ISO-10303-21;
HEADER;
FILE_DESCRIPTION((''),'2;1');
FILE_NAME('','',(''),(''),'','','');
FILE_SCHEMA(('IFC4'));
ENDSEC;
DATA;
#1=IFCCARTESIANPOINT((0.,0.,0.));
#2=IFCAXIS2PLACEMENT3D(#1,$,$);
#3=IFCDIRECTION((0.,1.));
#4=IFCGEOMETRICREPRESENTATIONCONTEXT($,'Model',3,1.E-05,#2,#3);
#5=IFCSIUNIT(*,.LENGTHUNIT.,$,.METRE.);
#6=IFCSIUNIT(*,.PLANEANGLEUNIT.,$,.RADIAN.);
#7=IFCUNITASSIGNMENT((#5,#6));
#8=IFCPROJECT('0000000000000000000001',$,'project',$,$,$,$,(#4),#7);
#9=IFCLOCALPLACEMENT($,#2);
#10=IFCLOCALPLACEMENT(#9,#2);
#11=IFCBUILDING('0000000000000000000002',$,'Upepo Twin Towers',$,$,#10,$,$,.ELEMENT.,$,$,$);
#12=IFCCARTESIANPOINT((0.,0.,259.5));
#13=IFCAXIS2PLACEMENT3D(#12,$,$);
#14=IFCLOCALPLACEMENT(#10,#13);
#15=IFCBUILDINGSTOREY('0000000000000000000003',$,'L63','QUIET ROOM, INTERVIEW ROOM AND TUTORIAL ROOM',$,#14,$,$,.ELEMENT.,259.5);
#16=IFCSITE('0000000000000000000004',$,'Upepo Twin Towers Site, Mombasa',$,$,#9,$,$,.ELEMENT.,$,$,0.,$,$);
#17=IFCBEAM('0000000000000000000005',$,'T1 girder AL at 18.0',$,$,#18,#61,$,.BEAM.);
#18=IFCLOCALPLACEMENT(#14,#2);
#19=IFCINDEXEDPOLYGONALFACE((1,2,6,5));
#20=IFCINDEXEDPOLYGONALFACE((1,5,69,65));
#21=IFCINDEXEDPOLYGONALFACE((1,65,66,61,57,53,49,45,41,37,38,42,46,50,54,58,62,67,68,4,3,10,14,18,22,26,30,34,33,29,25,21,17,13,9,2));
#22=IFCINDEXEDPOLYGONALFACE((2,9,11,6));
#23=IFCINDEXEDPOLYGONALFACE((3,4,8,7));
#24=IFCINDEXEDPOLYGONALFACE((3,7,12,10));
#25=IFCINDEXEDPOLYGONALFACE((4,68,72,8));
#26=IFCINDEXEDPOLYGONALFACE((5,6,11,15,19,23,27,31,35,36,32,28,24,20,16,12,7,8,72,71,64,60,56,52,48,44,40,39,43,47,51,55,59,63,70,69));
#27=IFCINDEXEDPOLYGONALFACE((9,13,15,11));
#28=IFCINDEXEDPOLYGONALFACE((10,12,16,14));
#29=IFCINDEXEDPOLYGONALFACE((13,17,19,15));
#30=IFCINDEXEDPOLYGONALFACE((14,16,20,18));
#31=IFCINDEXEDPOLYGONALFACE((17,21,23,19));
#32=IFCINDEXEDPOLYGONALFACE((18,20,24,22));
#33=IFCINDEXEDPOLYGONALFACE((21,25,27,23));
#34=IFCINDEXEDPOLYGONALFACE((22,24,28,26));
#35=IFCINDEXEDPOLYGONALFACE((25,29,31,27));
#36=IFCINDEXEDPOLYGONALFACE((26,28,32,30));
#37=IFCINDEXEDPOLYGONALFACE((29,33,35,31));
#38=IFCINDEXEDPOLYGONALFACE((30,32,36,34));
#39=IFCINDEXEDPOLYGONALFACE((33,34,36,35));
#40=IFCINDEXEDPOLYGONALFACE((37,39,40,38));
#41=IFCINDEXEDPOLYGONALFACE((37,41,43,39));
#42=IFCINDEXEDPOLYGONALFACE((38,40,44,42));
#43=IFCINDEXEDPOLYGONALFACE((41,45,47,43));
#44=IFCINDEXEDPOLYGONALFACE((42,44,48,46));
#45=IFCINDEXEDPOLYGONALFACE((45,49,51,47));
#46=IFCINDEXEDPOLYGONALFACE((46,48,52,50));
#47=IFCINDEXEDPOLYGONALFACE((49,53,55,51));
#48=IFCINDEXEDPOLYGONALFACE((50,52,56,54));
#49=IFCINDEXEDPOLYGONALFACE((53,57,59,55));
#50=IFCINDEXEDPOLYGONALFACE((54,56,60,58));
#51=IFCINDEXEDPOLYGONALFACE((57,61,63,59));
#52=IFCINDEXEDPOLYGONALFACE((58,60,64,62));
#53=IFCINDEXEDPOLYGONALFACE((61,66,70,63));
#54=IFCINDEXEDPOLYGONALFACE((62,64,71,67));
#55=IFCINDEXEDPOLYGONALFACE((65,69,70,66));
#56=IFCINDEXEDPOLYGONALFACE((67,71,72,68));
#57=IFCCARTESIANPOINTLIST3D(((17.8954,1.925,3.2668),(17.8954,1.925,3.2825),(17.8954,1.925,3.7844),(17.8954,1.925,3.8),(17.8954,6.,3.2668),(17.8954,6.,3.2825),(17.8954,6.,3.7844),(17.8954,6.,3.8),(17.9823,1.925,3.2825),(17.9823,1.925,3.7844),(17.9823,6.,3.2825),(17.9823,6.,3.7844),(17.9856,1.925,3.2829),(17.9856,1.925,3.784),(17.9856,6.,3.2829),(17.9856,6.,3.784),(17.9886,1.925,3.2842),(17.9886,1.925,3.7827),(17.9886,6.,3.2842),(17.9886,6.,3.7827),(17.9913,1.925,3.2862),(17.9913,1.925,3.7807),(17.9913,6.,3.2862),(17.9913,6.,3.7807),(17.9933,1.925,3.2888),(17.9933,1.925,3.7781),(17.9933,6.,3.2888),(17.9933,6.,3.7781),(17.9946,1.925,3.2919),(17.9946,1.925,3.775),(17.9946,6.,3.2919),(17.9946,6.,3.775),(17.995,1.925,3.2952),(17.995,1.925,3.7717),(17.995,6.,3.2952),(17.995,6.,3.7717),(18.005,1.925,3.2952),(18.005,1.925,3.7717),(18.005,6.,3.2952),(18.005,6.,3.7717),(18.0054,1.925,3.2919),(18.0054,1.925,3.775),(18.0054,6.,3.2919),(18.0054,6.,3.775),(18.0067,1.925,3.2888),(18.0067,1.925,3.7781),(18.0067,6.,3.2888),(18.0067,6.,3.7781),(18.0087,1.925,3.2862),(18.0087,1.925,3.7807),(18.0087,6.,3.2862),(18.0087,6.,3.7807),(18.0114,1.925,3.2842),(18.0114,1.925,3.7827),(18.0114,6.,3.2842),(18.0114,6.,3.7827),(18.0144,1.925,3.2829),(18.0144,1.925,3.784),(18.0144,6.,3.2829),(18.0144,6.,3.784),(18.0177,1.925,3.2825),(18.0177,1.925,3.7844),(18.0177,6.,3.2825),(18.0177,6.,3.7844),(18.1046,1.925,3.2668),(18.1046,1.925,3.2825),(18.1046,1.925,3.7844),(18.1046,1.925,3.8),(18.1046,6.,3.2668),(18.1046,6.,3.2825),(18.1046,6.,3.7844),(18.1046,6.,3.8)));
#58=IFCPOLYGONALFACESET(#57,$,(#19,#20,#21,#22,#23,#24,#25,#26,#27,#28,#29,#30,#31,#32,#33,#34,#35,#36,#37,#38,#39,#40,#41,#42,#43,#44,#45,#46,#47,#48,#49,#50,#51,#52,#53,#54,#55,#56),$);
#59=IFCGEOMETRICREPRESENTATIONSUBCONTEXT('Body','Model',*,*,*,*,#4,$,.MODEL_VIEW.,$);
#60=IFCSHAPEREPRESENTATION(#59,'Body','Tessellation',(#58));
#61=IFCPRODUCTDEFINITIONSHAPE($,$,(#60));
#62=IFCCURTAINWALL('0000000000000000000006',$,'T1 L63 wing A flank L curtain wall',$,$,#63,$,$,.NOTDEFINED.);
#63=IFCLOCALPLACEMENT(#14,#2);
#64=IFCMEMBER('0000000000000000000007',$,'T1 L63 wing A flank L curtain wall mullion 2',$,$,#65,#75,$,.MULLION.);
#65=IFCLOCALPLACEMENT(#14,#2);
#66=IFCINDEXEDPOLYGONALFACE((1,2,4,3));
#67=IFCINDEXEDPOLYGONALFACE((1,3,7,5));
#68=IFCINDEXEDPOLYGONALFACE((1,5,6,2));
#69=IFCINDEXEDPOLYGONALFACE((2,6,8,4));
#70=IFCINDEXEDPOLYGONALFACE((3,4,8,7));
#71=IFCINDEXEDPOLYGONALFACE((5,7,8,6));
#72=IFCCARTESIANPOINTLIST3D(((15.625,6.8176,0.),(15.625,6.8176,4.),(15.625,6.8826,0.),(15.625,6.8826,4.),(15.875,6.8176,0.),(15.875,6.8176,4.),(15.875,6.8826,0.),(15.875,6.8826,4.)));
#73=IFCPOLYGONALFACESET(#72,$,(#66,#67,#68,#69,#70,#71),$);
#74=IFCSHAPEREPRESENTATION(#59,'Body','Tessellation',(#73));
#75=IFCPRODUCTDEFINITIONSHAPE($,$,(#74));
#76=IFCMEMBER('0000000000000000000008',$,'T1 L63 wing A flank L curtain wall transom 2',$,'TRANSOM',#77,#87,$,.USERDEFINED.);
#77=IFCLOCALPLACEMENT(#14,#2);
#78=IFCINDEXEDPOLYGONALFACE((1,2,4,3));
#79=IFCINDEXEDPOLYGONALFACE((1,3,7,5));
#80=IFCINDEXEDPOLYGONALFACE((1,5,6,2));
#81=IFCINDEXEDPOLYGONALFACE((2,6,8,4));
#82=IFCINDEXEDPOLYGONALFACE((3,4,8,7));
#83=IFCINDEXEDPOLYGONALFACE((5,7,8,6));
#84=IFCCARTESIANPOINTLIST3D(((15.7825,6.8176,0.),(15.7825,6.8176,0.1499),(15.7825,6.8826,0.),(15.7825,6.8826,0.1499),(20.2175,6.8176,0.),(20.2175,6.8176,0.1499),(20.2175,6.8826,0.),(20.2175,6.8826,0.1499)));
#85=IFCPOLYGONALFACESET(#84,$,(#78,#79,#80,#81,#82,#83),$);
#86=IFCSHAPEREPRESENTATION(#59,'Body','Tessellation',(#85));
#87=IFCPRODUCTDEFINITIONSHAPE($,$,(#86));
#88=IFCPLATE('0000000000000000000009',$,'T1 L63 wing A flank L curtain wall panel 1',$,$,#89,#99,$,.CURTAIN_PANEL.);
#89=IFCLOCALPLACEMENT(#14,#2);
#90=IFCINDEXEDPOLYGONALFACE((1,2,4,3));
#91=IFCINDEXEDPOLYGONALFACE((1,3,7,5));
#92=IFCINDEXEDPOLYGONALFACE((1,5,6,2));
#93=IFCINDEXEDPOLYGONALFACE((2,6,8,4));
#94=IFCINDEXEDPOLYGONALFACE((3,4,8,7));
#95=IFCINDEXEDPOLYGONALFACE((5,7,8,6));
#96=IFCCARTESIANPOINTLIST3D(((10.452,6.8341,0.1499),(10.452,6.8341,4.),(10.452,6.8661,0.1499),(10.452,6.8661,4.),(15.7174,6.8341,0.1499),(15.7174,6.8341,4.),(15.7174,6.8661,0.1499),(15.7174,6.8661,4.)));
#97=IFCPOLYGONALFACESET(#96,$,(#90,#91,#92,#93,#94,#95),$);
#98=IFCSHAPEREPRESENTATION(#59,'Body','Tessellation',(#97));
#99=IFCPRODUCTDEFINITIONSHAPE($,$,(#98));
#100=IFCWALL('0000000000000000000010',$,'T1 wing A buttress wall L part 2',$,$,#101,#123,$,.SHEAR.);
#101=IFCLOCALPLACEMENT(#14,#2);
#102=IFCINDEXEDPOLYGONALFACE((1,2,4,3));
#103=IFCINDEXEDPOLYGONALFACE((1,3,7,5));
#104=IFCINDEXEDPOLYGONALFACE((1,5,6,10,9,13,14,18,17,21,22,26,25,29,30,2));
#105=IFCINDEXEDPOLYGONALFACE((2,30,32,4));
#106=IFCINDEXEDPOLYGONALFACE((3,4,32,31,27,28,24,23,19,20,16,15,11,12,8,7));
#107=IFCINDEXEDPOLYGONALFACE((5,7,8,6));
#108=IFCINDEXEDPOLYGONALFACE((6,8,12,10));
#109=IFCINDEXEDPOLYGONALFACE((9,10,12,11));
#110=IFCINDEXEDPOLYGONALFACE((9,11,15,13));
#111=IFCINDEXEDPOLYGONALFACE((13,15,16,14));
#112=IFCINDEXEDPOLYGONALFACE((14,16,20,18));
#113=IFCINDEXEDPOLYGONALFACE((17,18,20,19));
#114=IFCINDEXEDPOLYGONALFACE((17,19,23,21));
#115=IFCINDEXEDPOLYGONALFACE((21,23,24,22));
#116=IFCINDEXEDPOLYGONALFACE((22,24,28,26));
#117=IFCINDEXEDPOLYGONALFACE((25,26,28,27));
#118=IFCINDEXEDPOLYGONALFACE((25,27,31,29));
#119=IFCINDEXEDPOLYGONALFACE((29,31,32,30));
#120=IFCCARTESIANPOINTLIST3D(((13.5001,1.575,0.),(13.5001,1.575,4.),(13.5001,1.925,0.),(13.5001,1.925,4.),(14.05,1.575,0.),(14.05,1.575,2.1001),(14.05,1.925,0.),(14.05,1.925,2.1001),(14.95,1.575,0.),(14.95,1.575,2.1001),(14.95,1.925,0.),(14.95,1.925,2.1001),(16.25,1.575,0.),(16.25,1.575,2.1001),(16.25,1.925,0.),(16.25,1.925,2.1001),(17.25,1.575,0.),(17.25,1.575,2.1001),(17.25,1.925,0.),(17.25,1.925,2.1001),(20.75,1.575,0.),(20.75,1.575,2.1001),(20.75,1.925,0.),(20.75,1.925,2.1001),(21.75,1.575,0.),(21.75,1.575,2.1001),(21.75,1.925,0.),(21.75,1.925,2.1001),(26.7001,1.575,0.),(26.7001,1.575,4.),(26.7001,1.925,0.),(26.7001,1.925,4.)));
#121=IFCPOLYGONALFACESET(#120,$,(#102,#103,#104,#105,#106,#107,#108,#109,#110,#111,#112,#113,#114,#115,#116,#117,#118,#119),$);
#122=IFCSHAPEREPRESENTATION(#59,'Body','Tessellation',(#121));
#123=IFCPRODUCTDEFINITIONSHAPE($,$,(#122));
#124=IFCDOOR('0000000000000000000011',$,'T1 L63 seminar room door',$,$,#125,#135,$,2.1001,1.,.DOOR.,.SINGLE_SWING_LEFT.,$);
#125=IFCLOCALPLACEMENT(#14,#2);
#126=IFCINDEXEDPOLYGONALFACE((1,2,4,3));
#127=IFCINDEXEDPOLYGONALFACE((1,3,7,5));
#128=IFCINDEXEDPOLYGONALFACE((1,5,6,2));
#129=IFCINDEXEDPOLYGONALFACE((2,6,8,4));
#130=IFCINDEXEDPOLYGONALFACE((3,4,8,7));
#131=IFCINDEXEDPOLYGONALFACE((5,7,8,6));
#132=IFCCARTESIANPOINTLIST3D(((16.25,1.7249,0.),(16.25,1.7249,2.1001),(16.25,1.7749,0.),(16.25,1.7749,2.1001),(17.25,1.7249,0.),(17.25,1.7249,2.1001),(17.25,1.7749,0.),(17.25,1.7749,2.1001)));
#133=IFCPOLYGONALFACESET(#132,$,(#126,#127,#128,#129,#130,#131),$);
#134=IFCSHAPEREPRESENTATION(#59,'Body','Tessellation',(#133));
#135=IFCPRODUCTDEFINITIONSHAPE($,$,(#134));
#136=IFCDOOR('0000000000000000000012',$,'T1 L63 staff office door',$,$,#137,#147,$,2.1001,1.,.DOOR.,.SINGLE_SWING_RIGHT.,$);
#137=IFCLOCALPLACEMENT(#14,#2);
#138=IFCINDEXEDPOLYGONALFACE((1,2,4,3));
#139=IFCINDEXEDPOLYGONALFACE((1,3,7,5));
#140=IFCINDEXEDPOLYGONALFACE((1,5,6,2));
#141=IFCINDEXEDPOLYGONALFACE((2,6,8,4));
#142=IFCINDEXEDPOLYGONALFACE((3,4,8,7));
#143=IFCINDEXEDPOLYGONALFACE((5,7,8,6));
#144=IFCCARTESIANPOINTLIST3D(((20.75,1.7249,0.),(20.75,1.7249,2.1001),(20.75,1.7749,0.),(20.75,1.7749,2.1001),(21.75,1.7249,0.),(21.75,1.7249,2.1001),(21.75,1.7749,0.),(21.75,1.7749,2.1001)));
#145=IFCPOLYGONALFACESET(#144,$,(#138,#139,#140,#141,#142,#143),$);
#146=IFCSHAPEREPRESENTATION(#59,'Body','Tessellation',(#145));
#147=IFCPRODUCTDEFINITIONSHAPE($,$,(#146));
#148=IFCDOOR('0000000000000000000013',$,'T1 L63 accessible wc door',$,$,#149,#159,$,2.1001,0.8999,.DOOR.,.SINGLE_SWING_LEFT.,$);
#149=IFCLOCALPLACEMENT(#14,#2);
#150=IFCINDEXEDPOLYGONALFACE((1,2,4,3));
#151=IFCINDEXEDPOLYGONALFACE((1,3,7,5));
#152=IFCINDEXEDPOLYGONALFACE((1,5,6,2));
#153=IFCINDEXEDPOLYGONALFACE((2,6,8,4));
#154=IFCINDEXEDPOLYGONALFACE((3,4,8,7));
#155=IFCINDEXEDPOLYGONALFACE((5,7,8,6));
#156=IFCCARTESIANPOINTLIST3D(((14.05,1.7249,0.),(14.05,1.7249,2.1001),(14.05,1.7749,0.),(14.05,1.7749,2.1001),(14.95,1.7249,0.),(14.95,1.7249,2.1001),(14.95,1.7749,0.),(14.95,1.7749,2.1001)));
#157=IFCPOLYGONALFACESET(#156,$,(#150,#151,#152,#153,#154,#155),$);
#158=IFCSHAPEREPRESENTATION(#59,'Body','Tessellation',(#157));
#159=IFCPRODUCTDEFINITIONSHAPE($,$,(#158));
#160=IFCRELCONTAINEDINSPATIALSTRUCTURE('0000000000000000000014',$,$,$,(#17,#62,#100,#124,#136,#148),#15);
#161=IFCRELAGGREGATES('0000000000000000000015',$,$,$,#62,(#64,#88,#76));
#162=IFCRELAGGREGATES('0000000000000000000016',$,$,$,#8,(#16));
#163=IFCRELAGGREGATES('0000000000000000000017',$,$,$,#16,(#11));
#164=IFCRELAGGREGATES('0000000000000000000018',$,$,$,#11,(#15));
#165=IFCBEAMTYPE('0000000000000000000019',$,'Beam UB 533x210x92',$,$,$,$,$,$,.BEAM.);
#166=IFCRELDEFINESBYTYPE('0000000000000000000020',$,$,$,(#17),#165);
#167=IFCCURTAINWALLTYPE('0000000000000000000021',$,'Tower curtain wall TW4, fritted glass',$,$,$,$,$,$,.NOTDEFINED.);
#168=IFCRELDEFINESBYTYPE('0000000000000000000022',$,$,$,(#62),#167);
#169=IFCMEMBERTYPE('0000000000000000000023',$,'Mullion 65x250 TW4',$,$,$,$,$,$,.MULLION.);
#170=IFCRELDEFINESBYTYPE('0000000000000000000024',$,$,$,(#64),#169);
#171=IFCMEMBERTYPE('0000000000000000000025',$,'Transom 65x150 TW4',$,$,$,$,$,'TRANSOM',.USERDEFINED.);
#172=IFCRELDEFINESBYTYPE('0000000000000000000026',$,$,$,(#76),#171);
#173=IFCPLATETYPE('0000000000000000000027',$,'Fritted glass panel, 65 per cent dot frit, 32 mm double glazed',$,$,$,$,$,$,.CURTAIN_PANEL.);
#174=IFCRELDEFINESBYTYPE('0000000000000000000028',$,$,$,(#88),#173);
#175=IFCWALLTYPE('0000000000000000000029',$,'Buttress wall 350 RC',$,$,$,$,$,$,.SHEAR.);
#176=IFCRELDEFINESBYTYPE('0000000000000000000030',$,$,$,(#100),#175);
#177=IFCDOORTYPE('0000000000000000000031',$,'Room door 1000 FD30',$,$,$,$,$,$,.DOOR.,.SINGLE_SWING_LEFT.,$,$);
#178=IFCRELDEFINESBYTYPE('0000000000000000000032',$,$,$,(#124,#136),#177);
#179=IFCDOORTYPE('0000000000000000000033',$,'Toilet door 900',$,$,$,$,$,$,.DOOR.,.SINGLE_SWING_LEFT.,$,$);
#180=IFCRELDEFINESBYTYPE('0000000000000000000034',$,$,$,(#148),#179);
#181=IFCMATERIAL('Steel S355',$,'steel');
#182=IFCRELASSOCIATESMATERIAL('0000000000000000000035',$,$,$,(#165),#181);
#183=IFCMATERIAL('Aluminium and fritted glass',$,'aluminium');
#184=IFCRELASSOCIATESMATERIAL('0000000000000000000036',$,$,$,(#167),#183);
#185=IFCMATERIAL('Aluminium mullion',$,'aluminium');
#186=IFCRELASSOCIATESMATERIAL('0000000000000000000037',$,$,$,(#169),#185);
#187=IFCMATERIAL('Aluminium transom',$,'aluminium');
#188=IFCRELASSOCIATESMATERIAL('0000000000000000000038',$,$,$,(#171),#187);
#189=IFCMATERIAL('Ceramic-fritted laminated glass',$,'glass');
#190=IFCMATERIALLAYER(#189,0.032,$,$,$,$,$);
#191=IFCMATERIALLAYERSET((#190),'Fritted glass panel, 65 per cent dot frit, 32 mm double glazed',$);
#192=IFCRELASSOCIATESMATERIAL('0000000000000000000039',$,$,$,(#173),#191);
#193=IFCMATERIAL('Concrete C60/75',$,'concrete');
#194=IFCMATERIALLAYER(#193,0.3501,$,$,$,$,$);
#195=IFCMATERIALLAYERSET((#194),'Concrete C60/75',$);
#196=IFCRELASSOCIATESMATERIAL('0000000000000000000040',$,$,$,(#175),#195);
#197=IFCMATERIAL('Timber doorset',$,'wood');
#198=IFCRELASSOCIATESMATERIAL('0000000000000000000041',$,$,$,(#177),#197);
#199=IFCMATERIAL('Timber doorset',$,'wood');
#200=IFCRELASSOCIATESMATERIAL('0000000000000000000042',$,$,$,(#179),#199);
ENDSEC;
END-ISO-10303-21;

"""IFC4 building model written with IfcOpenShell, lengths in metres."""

from ifc_helpers import new_model, si_unit, direction, frame, frame_2d, origin, origin_2d, place, context, subcontext, project, spatial, rectangle, i_section, extrude, material, layer, layer_set, material_profile, profile_set, type_object, element, fill, aggregate, save


model = new_model("IFC4")

# Units and contexts
model_context = context("Model", 3, precision=1e-05, world=origin(), true_north=direction((0.0, 1.0)))
body_context = subcontext(model_context, "Body", "Model", "MODEL_VIEW")
ifc_project = project(units=[si_unit("LENGTHUNIT", "METRE"), si_unit("PLANEANGLEUNIT", "RADIAN")], contexts=[model_context])

# Site, building, storey
site_placement = place(None, origin())
site = spatial("IfcSite", under=ifc_project, at=site_placement, Name="Upepo Twin Towers Site, Mombasa", CompositionType="ELEMENT", RefElevation=0.0)
building_placement = place(site_placement, origin())
building = spatial("IfcBuilding", under=site, at=building_placement, Name="Upepo Twin Towers", CompositionType="ELEMENT")
storey_placement = place(building_placement, frame((0.0, 0.0, 259.5)))
storey = spatial("IfcBuildingStorey", under=building, at=storey_placement, Name="L63", Description="QUIET ROOM, INTERVIEW ROOM AND TUTORIAL ROOM", CompositionType="ELEMENT", Elevation=259.5)

# Beam
ifc_material_1 = material(Name="Steel S355", Category="steel")
ifc_material_profile_1 = material_profile(ifc_material_1, i_section(OverallWidth=0.2092, OverallDepth=0.5332, WebThickness=0.01, FlangeThickness=0.0156, FilletRadius=0.0127, at=origin_2d()), Name="UB 533x210x92")
ifc_profile_set_1 = profile_set([ifc_material_profile_1], Name="Steel S355")
beam_type_1 = type_object("IfcBeamType", Name="Beam UB 533x210x92", PredefinedType="BEAM", material=ifc_profile_set_1)
for number, where, z_axis, x_axis, name in (
    (1, (18.0, 6.0, 3.5334), (0.0, -1.0, 0.0), (1.0, 0.0, 0.0), "T1 girder AL at 18.0"),
):
    element("IfcBeam", number, at=place(storey_placement, frame(where, z_axis=z_axis, x_axis=x_axis)), inside=storey, type_object=beam_type_1, Name=name, PredefinedType="BEAM", context=body_context, shape_type="SweptSolid", body=[
        extrude(i_section(OverallWidth=0.2092, OverallDepth=0.5332, WebThickness=0.01, FlangeThickness=0.0156, FilletRadius=0.0127, at=origin_2d()), origin(), (0.0, 0.0, 1.0), 4.075),
    ])

# Curtain wall, members, plate
ifc_material_2 = material(Name="Aluminium and fritted glass", Category="aluminium")
curtain_wall_type = type_object("IfcCurtainWallType", Name="Tower curtain wall TW4, fritted glass", PredefinedType="NOTDEFINED", material=ifc_material_2)
curtain_wall_placement = place(storey_placement, origin())
curtain_wall = element("IfcCurtainWall", 2, at=curtain_wall_placement, inside=storey, type_object=curtain_wall_type, Name="T1 L63 wing A flank L curtain wall", PredefinedType="NOTDEFINED")
ifc_material_3 = material(Name="Aluminium mullion", Category="aluminium")
ifc_material_profile_2 = material_profile(ifc_material_3, rectangle(XDim=0.0649, YDim=0.25, at=origin_2d()), Name="MULLION 65x250")
ifc_profile_set_2 = profile_set([ifc_material_profile_2], Name="Aluminium mullion")
member_type_1 = type_object("IfcMemberType", Name="Mullion 65x250 TW4", PredefinedType="MULLION", material=ifc_profile_set_2)
member_1_placement = place(storey_placement, frame((15.75, 6.8501, 0.0), z_axis=(0.0, 0.0, 1.0), x_axis=(0.0, 1.0, 0.0)))
member_1 = element("IfcMember", 3, at=member_1_placement, type_object=member_type_1, Name="T1 L63 wing A flank L curtain wall mullion 2", PredefinedType="MULLION", context=body_context, shape_type="SweptSolid", body=[
    extrude(rectangle(XDim=0.0649, YDim=0.25, at=origin_2d()), origin(), (0.0, 0.0, 1.0), 4.0),
])
ifc_material_4 = material(Name="Aluminium transom", Category="aluminium")
ifc_material_profile_3 = material_profile(ifc_material_4, rectangle(XDim=0.0649, YDim=0.1499, at=origin_2d()), Name="TRANSOM 65x150")
ifc_profile_set_3 = profile_set([ifc_material_profile_3], Name="Aluminium transom")
member_type_2 = type_object("IfcMemberType", Name="Transom 65x150 TW4", ElementType="TRANSOM", PredefinedType="USERDEFINED", material=ifc_profile_set_3)
member_2_placement = place(storey_placement, frame((15.7825, 6.8501, 0.075), z_axis=(1.0, 0.0, 0.0), x_axis=(0.0, 1.0, 0.0)))
member_2 = element("IfcMember", 4, at=member_2_placement, type_object=member_type_2, Name="T1 L63 wing A flank L curtain wall transom 2", ObjectType="TRANSOM", PredefinedType="USERDEFINED", context=body_context, shape_type="SweptSolid", body=[
    extrude(rectangle(XDim=0.0649, YDim=0.1499, at=origin_2d()), origin(), (0.0, 0.0, 1.0), 4.4351),
])
ifc_material_5 = material(Name="Ceramic-fritted laminated glass", Category="glass")
ifc_layer_1 = layer(ifc_material_5, 0.032)
ifc_layer_set_1 = layer_set([ifc_layer_1], Name="Fritted glass panel, 65 per cent dot frit, 32 mm double glazed")
plate_type = type_object("IfcPlateType", Name="Fritted glass panel, 65 per cent dot frit, 32 mm double glazed", PredefinedType="CURTAIN_PANEL", material=ifc_layer_set_1)
plate_placement = place(storey_placement, frame((13.0847, 6.8501, 0.1499), z_axis=(0.0, 0.0, 1.0), x_axis=(1.0, 0.0, 0.0)))
plate = element("IfcPlate", 5, at=plate_placement, type_object=plate_type, Name="T1 L63 wing A flank L curtain wall panel 1", PredefinedType="CURTAIN_PANEL", context=body_context, shape_type="SweptSolid", body=[
    extrude(rectangle(XDim=5.2654, YDim=0.032, at=origin_2d()), origin(), (0.0, 0.0, 1.0), 3.8501),
])
aggregate(curtain_wall, [member_1, plate, member_2])

# Wall, openings, doors
ifc_material_6 = material(Name="Concrete C60/75", Category="concrete")
ifc_layer_2 = layer(ifc_material_6, 0.3501)
ifc_layer_set_2 = layer_set([ifc_layer_2], Name="Concrete C60/75")
wall_type_1 = type_object("IfcWallType", Name="Buttress wall 350 RC", PredefinedType="SHEAR", material=ifc_layer_set_2)
wall_1_placement = place(storey_placement, frame((13.5, 1.75, 0.0), z_axis=(0.0, 0.0, 1.0), x_axis=(1.0, 0.0, 0.0)))
wall_1 = element("IfcWall", 6, at=wall_1_placement, inside=storey, type_object=wall_type_1, Name="T1 wing A buttress wall L part 2", PredefinedType="SHEAR", context=body_context, shape_type="SweptSolid", body=[
    extrude(rectangle(XDim=13.2, YDim=0.3501, at=frame_2d((6.6001, 0.0))), origin(), (0.0, 0.0, 1.0), 4.0),
])
opening_1_placement = place(wall_1_placement, frame((0.55, 0.0, 0.0)))
opening_1 = element("IfcOpeningElement", 7, at=opening_1_placement, cuts=wall_1, PredefinedType="OPENING", context=body_context, shape_type="SweptSolid", body=[
    extrude(rectangle(XDim=0.8999, YDim=2.1001, at=frame_2d((0.45, 1.05))), frame((0.0, 0.1851, 0.0), z_axis=(0.0, -1.0, 0.0), x_axis=(1.0, 0.0, 0.0)), (0.0, 0.0, 1.0), 0.3701),
])
opening_2_placement = place(wall_1_placement, frame((2.75, 0.0, 0.0)))
opening_2 = element("IfcOpeningElement", 8, at=opening_2_placement, cuts=wall_1, PredefinedType="OPENING", context=body_context, shape_type="SweptSolid", body=[
    extrude(rectangle(XDim=1.0, YDim=2.1001, at=frame_2d((0.5, 1.05))), frame((0.0, 0.1851, 0.0), z_axis=(0.0, -1.0, 0.0), x_axis=(1.0, 0.0, 0.0)), (0.0, 0.0, 1.0), 0.3701),
])
opening_3_placement = place(wall_1_placement, frame((7.25, 0.0, 0.0)))
opening_3 = element("IfcOpeningElement", 9, at=opening_3_placement, cuts=wall_1, PredefinedType="OPENING", context=body_context, shape_type="SweptSolid", body=[
    extrude(rectangle(XDim=1.0, YDim=2.1001, at=frame_2d((0.5, 1.05))), frame((0.0, 0.1851, 0.0), z_axis=(0.0, -1.0, 0.0), x_axis=(1.0, 0.0, 0.0)), (0.0, 0.0, 1.0), 0.3701),
])
ifc_material_7 = material(Name="Timber doorset", Category="wood")
door_type_1 = type_object("IfcDoorType", Name="Room door 1000 FD30", OperationType="SINGLE_SWING_LEFT", PredefinedType="DOOR", material=ifc_material_7)
door_1_placement = place(opening_2_placement, origin())
door_1 = element("IfcDoor", 10, at=door_1_placement, inside=storey, type_object=door_type_1, Name="T1 L63 seminar room door", OperationType="SINGLE_SWING_LEFT", OverallHeight=2.1001, OverallWidth=1.0, PredefinedType="DOOR", context=body_context, shape_type="SweptSolid", body=[
    extrude(rectangle(XDim=1.0, YDim=2.1001, at=frame_2d((0.5, 1.05))), frame((0.0, 0.0249, 0.0), z_axis=(0.0, -1.0, 0.0), x_axis=(1.0, 0.0, 0.0)), (0.0, 0.0, 1.0), 0.05),
])
fill(opening_2, door_1)
door_2_placement = place(opening_3_placement, origin())
door_2 = element("IfcDoor", 11, at=door_2_placement, inside=storey, type_object=door_type_1, Name="T1 L63 staff office door", OperationType="SINGLE_SWING_RIGHT", OverallHeight=2.1001, OverallWidth=1.0, PredefinedType="DOOR", context=body_context, shape_type="SweptSolid", body=[
    extrude(rectangle(XDim=1.0, YDim=2.1001, at=frame_2d((0.5, 1.05))), frame((0.0, 0.0249, 0.0), z_axis=(0.0, -1.0, 0.0), x_axis=(1.0, 0.0, 0.0)), (0.0, 0.0, 1.0), 0.05),
])
fill(opening_3, door_2)
ifc_material_8 = material(Name="Timber doorset", Category="wood")
door_type_2 = type_object("IfcDoorType", Name="Toilet door 900", OperationType="SINGLE_SWING_LEFT", PredefinedType="DOOR", material=ifc_material_8)
door_3_placement = place(opening_1_placement, origin())
door_3 = element("IfcDoor", 12, at=door_3_placement, inside=storey, type_object=door_type_2, Name="T1 L63 accessible wc door", OperationType="SINGLE_SWING_LEFT", OverallHeight=2.1001, OverallWidth=0.8999, PredefinedType="DOOR", context=body_context, shape_type="SweptSolid", body=[
    extrude(rectangle(XDim=0.8999, YDim=2.1001, at=frame_2d((0.45, 1.05))), frame((0.0, 0.0249, 0.0), z_axis=(0.0, -1.0, 0.0), x_axis=(1.0, 0.0, 0.0)), (0.0, 0.0, 1.0), 0.05),
])
fill(opening_1, door_3)

save(model, "model.ifc")
